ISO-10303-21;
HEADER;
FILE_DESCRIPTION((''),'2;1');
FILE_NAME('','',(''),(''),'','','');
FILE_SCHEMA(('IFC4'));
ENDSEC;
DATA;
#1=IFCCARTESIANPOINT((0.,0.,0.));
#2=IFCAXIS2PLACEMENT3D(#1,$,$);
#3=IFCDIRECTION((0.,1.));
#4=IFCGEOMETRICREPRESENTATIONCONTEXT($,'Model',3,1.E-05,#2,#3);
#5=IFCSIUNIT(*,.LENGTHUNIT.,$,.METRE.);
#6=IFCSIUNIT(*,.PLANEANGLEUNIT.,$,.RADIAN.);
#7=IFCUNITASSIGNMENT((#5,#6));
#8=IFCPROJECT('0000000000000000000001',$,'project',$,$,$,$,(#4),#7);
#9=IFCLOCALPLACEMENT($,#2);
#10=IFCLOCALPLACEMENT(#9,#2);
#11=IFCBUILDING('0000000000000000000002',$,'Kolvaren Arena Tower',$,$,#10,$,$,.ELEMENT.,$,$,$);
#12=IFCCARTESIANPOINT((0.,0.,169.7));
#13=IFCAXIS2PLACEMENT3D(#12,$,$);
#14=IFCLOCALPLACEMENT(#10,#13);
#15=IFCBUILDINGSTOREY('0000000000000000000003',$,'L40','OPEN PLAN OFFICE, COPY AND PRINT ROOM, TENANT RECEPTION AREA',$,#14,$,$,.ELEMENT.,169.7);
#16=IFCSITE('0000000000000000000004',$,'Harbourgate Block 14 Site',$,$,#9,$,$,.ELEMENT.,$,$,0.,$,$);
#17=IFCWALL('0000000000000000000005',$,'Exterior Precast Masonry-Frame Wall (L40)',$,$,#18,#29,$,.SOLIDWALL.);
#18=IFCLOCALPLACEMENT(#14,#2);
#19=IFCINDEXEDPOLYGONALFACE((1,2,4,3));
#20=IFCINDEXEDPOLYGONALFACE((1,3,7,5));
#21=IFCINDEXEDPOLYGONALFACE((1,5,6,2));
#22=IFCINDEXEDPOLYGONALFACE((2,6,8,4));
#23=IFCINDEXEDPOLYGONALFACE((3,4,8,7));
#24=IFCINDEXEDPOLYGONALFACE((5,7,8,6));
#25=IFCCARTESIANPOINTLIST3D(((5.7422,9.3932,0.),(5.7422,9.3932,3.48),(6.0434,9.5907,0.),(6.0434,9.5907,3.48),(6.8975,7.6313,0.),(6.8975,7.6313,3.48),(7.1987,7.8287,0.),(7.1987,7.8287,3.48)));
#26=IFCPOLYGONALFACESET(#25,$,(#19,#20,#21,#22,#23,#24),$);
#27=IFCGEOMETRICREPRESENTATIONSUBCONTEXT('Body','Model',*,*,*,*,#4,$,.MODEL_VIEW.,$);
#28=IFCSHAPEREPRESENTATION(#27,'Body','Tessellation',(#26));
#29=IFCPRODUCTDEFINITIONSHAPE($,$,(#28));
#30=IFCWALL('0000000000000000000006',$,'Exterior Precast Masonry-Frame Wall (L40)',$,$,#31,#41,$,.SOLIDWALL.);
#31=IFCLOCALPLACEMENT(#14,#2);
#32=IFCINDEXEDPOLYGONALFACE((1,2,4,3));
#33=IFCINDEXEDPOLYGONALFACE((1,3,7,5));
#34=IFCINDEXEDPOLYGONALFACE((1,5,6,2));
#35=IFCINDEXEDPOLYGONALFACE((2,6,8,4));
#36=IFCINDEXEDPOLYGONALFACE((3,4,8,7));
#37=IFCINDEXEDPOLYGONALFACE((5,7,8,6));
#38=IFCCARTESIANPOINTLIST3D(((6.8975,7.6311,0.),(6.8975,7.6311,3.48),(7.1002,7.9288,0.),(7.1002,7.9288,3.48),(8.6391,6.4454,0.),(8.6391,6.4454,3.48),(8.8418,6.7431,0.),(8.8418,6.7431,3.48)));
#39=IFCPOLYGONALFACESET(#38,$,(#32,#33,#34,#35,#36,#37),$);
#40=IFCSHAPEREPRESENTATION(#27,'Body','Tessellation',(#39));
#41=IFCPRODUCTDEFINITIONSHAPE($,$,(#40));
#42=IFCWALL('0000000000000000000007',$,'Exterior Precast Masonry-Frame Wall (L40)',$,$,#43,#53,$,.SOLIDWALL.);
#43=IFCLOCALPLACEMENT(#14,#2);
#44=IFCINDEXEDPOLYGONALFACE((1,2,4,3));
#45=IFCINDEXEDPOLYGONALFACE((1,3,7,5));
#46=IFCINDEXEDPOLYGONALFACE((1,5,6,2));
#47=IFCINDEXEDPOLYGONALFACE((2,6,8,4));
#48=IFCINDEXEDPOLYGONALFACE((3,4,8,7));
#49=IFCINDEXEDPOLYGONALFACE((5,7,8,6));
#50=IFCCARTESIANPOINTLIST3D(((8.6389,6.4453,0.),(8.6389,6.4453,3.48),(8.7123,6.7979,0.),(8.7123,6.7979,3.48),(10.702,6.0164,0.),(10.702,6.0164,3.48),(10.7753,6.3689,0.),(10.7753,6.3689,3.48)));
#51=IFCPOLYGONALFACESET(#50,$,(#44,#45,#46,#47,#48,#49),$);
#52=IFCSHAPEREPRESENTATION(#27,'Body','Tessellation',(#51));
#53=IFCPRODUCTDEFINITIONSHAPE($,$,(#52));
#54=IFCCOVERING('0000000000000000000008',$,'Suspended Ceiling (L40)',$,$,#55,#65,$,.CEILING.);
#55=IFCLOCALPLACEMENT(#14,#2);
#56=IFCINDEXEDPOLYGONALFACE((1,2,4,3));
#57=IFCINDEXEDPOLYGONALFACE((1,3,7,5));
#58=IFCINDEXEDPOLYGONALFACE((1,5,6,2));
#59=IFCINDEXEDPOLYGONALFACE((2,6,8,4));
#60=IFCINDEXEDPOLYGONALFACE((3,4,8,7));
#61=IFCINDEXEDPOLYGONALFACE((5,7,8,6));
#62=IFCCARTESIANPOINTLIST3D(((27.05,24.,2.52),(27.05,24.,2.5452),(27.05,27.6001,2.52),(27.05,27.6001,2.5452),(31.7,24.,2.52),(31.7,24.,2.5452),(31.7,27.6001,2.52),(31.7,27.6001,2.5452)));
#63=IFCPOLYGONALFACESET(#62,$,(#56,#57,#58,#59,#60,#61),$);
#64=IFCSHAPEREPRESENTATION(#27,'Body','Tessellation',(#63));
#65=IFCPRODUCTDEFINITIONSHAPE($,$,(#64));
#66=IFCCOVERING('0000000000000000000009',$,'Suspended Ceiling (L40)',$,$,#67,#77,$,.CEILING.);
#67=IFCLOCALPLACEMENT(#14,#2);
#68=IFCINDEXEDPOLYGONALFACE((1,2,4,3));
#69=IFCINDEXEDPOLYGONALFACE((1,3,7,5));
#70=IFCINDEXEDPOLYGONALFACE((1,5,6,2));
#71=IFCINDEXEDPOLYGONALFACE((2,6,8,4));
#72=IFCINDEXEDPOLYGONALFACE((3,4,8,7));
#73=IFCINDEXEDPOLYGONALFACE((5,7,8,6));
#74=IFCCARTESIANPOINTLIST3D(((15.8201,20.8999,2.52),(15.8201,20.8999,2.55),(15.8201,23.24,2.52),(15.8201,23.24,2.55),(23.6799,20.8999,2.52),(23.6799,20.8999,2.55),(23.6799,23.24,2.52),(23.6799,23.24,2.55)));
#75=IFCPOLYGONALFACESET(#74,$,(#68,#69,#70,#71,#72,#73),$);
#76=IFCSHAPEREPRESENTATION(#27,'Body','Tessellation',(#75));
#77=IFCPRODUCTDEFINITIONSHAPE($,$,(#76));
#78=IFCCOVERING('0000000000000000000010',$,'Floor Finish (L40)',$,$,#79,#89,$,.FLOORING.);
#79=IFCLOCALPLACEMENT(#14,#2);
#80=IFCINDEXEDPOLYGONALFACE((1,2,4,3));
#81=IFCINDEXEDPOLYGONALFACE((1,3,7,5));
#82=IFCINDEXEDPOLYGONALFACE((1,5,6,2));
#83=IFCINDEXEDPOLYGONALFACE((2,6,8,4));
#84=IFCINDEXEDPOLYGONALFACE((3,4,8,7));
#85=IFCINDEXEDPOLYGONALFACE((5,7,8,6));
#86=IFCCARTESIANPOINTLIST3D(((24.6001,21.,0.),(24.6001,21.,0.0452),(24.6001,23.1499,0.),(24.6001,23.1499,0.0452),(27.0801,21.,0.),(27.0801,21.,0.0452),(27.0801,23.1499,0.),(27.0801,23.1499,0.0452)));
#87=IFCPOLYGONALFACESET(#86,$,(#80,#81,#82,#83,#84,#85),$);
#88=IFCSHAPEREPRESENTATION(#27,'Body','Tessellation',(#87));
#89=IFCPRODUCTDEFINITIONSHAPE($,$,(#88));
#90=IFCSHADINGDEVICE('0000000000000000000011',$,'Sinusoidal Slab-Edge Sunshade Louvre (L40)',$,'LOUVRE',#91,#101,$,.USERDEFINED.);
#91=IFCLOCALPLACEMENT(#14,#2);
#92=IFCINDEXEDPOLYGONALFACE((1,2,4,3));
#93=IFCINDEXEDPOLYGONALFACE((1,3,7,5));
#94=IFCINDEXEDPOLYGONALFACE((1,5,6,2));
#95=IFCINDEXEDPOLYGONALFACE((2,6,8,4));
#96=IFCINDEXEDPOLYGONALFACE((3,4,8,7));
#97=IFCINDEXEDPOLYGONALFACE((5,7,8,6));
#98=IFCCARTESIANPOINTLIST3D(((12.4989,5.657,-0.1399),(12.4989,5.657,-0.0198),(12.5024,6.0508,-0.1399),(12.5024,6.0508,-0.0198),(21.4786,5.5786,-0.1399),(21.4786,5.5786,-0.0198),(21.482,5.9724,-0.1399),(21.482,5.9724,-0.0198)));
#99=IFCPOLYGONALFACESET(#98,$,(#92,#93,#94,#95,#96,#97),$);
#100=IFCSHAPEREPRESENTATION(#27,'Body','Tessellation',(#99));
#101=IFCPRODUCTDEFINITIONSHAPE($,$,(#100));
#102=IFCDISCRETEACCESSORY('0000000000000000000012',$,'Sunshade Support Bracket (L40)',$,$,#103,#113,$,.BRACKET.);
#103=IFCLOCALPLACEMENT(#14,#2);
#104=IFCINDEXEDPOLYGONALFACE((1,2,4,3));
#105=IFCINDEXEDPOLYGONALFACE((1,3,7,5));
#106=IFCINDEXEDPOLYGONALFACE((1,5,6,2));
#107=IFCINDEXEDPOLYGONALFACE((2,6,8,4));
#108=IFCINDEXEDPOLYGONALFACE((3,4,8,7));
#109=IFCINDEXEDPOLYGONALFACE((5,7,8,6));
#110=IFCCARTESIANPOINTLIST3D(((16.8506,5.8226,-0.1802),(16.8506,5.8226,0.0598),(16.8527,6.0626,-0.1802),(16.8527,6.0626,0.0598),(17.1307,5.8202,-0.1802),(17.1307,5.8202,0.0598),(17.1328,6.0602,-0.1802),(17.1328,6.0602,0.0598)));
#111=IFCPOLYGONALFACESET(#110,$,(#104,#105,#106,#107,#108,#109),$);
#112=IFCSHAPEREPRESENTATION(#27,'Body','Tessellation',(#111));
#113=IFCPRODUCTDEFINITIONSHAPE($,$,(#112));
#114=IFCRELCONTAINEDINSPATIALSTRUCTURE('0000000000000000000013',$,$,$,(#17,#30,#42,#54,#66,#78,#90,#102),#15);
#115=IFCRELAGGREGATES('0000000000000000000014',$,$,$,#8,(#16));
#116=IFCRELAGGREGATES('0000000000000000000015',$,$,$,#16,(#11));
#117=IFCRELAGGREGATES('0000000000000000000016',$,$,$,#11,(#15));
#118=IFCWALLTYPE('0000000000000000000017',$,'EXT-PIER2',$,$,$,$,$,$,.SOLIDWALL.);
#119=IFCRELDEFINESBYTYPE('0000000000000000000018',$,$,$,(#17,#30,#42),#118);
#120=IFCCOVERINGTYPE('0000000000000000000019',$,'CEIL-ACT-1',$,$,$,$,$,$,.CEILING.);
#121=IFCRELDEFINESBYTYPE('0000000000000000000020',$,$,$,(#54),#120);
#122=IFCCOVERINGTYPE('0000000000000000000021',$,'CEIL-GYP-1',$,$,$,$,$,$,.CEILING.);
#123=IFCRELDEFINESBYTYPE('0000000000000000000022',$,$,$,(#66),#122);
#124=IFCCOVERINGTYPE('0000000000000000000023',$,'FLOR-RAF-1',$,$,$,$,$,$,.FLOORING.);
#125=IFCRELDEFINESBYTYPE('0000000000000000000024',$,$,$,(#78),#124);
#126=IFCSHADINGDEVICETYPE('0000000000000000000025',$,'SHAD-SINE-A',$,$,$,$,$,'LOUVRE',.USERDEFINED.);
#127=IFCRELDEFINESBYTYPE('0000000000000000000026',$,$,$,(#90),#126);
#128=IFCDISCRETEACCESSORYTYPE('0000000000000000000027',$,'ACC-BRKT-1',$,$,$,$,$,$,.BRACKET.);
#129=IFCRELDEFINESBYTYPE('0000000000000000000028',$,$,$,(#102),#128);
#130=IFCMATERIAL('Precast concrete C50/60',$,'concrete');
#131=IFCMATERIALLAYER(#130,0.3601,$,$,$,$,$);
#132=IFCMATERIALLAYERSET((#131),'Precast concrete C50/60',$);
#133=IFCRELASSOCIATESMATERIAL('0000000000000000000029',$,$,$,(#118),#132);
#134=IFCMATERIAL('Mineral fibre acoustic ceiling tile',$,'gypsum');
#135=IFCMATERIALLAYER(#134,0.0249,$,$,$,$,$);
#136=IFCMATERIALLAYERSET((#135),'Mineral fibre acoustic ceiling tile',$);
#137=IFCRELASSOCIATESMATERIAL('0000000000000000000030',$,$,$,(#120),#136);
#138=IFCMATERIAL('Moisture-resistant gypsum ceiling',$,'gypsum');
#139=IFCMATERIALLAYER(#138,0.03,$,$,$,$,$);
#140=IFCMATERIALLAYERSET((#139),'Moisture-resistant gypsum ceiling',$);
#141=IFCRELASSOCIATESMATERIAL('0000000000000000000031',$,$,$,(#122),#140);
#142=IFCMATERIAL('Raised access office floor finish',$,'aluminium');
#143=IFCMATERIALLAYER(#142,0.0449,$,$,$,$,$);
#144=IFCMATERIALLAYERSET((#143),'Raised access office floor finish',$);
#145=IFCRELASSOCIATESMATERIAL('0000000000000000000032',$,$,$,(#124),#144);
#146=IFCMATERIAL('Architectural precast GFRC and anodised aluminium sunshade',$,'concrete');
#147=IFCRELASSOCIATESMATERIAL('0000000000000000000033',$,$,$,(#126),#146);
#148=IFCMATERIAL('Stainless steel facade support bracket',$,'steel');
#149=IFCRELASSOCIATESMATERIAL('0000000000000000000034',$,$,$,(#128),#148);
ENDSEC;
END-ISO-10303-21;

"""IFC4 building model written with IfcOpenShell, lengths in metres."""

from ifc_helpers import new_model, si_unit, direction, frame, frame_2d, origin, origin_2d, place, context, subcontext, project, spatial, polyline, rectangle, outline, extrude, material, layer, layer_set, type_object, element, save


model = new_model("IFC4")

# Units and contexts
model_context = context("Model", 3, precision=1e-05, world=origin(), true_north=direction((0.0, 1.0)))
body_context = subcontext(model_context, "Body", "Model", "MODEL_VIEW")
ifc_project = project(units=[si_unit("LENGTHUNIT", "METRE"), si_unit("PLANEANGLEUNIT", "RADIAN")], contexts=[model_context])

# Site, building, storey
site_placement = place(None, origin())
site = spatial("IfcSite", under=ifc_project, at=site_placement, Name="Harbourgate Block 14 Site", CompositionType="ELEMENT", RefElevation=0.0)
building_placement = place(site_placement, origin())
building = spatial("IfcBuilding", under=site, at=building_placement, Name="Kolvaren Arena Tower", CompositionType="ELEMENT")
storey_placement = place(building_placement, frame((0.0, 0.0, 169.7)))
storey = spatial("IfcBuildingStorey", under=building, at=storey_placement, Name="L40", Description="OPEN PLAN OFFICE, COPY AND PRINT ROOM, TENANT RECEPTION AREA", CompositionType="ELEMENT", Elevation=169.7)

# Walls
ifc_material_1 = material(Name="Precast concrete C50/60", Category="concrete")
ifc_layer_1 = layer(ifc_material_1, 0.3601)
ifc_layer_set_1 = layer_set([ifc_layer_1], Name="Precast concrete C50/60")
wall_type = type_object("IfcWallType", Name="EXT-PIER2", PredefinedType="SOLIDWALL", material=ifc_layer_set_1)
for number, where, z_axis, x_axis, name in (
    (1, (7.0481, 7.73, 0.0), (0.0, 0.0, 1.0), (-0.54832, 0.836269, 0.0), "Exterior Precast Masonry-Frame Wall (L40)"),
    (2, (8.7405, 6.5942, 0.0), (0.0, 0.0, 1.0), (-0.82661, 0.562776, 0.0), "Exterior Precast Masonry-Frame Wall (L40)"),
):
    element("IfcWall", number, at=place(storey_placement, frame(where, z_axis=z_axis, x_axis=x_axis)), inside=storey, type_object=wall_type, Name=name, PredefinedType="SOLIDWALL", context=body_context, shape_type="SweptSolid", body=[
        extrude(rectangle(XDim=2.1069, YDim=0.3601, at=frame_2d((1.0535, 0.0))), origin(), (0.0, 0.0, 1.0), 3.48),
    ])
wall_placement = place(storey_placement, frame((10.7388, 6.1926, 0.0), z_axis=(0.0, 0.0, 1.0), x_axis=(-0.979059, 0.203575, 0.0)))
element("IfcWall", 3, at=wall_placement, inside=storey, type_object=wall_type, Name="Exterior Precast Masonry-Frame Wall (L40)", PredefinedType="SOLIDWALL", context=body_context, shape_type="SweptSolid", body=[
    extrude(rectangle(XDim=2.1072, YDim=0.3601, at=frame_2d((1.0537, 0.0))), origin(), (0.0, 0.0, 1.0), 3.48),
])

# Coverings
ifc_material_2 = material(Name="Mineral fibre acoustic ceiling tile", Category="gypsum")
ifc_layer_2 = layer(ifc_material_2, 0.0249)
ifc_layer_set_2 = layer_set([ifc_layer_2], Name="Mineral fibre acoustic ceiling tile")
covering_type_1 = type_object("IfcCoveringType", Name="CEIL-ACT-1", PredefinedType="CEILING", material=ifc_layer_set_2)
covering_1_placement = place(storey_placement, frame((0.0, 0.0, 2.52)))
element("IfcCovering", 4, at=covering_1_placement, inside=storey, type_object=covering_type_1, Name="Suspended Ceiling (L40)", PredefinedType="CEILING", context=body_context, shape_type="SweptSolid", body=[
    extrude(outline(polyline([(27.05, 24.0), (27.05, 27.6001), (31.7, 27.6001), (31.7, 24.0), (27.05, 24.0)])), origin(), (0.0, 0.0, 1.0), 0.0251),
])
ifc_material_3 = material(Name="Moisture-resistant gypsum ceiling", Category="gypsum")
ifc_layer_3 = layer(ifc_material_3, 0.03)
ifc_layer_set_3 = layer_set([ifc_layer_3], Name="Moisture-resistant gypsum ceiling")
covering_type_2 = type_object("IfcCoveringType", Name="CEIL-GYP-1", PredefinedType="CEILING", material=ifc_layer_set_3)
covering_2_placement = place(storey_placement, frame((0.0, 0.0, 2.52)))
element("IfcCovering", 5, at=covering_2_placement, inside=storey, type_object=covering_type_2, Name="Suspended Ceiling (L40)", PredefinedType="CEILING", context=body_context, shape_type="SweptSolid", body=[
    extrude(outline(polyline([(15.8201, 20.8999), (15.8201, 23.24), (23.6799, 23.24), (23.6799, 20.8999), (15.8201, 20.8999)])), origin(), (0.0, 0.0, 1.0), 0.03),
])
ifc_material_4 = material(Name="Raised access office floor finish", Category="aluminium")
ifc_layer_4 = layer(ifc_material_4, 0.0449)
ifc_layer_set_4 = layer_set([ifc_layer_4], Name="Raised access office floor finish")
covering_type_3 = type_object("IfcCoveringType", Name="FLOR-RAF-1", PredefinedType="FLOORING", material=ifc_layer_set_4)
covering_3_placement = place(storey_placement, origin())
element("IfcCovering", 6, at=covering_3_placement, inside=storey, type_object=covering_type_3, Name="Floor Finish (L40)", PredefinedType="FLOORING", context=body_context, shape_type="SweptSolid", body=[
    extrude(outline(polyline([(24.6001, 21.0), (24.6001, 23.1499), (27.0801, 23.1499), (27.0801, 21.0), (24.6001, 21.0)])), origin(), (0.0, 0.0, 1.0), 0.0452),
])

# Shading device
ifc_material_5 = material(Name="Architectural precast GFRC and anodised aluminium sunshade", Category="concrete")
shading_device_type = type_object("IfcShadingDeviceType", Name="SHAD-SINE-A", ElementType="LOUVRE", PredefinedType="USERDEFINED", material=ifc_material_5)
shading_device_placement = place(storey_placement, frame((16.9905, 5.8147, -0.1399), z_axis=(0.0, 0.0, 1.0), x_axis=(-0.999962, 0.008727, 0.0)))
element("IfcShadingDevice", 7, at=shading_device_placement, inside=storey, type_object=shading_device_type, Name="Sinusoidal Slab-Edge Sunshade Louvre (L40)", ObjectType="LOUVRE", PredefinedType="USERDEFINED", context=body_context, shape_type="SweptSolid", body=[
    extrude(rectangle(XDim=8.98, YDim=0.3938, at=origin_2d()), origin(), (0.0, 0.0, 1.0), 0.1201),
])

# Discrete accessory
ifc_material_6 = material(Name="Stainless steel facade support bracket", Category="steel")
discrete_accessory_type = type_object("IfcDiscreteAccessoryType", Name="ACC-BRKT-1", PredefinedType="BRACKET", material=ifc_material_6)
discrete_accessory_placement = place(storey_placement, frame((16.9917, 5.9414, -0.1802), z_axis=(0.0, 0.0, 1.0), x_axis=(-0.999962, 0.008727, 0.0)))
element("IfcDiscreteAccessory", 8, at=discrete_accessory_placement, inside=storey, type_object=discrete_accessory_type, Name="Sunshade Support Bracket (L40)", PredefinedType="BRACKET", context=body_context, shape_type="SweptSolid", body=[
    extrude(rectangle(XDim=0.28, YDim=0.24, at=origin_2d()), origin(), (0.0, 0.0, 1.0), 0.24),
])

save(model, "model.ifc")
